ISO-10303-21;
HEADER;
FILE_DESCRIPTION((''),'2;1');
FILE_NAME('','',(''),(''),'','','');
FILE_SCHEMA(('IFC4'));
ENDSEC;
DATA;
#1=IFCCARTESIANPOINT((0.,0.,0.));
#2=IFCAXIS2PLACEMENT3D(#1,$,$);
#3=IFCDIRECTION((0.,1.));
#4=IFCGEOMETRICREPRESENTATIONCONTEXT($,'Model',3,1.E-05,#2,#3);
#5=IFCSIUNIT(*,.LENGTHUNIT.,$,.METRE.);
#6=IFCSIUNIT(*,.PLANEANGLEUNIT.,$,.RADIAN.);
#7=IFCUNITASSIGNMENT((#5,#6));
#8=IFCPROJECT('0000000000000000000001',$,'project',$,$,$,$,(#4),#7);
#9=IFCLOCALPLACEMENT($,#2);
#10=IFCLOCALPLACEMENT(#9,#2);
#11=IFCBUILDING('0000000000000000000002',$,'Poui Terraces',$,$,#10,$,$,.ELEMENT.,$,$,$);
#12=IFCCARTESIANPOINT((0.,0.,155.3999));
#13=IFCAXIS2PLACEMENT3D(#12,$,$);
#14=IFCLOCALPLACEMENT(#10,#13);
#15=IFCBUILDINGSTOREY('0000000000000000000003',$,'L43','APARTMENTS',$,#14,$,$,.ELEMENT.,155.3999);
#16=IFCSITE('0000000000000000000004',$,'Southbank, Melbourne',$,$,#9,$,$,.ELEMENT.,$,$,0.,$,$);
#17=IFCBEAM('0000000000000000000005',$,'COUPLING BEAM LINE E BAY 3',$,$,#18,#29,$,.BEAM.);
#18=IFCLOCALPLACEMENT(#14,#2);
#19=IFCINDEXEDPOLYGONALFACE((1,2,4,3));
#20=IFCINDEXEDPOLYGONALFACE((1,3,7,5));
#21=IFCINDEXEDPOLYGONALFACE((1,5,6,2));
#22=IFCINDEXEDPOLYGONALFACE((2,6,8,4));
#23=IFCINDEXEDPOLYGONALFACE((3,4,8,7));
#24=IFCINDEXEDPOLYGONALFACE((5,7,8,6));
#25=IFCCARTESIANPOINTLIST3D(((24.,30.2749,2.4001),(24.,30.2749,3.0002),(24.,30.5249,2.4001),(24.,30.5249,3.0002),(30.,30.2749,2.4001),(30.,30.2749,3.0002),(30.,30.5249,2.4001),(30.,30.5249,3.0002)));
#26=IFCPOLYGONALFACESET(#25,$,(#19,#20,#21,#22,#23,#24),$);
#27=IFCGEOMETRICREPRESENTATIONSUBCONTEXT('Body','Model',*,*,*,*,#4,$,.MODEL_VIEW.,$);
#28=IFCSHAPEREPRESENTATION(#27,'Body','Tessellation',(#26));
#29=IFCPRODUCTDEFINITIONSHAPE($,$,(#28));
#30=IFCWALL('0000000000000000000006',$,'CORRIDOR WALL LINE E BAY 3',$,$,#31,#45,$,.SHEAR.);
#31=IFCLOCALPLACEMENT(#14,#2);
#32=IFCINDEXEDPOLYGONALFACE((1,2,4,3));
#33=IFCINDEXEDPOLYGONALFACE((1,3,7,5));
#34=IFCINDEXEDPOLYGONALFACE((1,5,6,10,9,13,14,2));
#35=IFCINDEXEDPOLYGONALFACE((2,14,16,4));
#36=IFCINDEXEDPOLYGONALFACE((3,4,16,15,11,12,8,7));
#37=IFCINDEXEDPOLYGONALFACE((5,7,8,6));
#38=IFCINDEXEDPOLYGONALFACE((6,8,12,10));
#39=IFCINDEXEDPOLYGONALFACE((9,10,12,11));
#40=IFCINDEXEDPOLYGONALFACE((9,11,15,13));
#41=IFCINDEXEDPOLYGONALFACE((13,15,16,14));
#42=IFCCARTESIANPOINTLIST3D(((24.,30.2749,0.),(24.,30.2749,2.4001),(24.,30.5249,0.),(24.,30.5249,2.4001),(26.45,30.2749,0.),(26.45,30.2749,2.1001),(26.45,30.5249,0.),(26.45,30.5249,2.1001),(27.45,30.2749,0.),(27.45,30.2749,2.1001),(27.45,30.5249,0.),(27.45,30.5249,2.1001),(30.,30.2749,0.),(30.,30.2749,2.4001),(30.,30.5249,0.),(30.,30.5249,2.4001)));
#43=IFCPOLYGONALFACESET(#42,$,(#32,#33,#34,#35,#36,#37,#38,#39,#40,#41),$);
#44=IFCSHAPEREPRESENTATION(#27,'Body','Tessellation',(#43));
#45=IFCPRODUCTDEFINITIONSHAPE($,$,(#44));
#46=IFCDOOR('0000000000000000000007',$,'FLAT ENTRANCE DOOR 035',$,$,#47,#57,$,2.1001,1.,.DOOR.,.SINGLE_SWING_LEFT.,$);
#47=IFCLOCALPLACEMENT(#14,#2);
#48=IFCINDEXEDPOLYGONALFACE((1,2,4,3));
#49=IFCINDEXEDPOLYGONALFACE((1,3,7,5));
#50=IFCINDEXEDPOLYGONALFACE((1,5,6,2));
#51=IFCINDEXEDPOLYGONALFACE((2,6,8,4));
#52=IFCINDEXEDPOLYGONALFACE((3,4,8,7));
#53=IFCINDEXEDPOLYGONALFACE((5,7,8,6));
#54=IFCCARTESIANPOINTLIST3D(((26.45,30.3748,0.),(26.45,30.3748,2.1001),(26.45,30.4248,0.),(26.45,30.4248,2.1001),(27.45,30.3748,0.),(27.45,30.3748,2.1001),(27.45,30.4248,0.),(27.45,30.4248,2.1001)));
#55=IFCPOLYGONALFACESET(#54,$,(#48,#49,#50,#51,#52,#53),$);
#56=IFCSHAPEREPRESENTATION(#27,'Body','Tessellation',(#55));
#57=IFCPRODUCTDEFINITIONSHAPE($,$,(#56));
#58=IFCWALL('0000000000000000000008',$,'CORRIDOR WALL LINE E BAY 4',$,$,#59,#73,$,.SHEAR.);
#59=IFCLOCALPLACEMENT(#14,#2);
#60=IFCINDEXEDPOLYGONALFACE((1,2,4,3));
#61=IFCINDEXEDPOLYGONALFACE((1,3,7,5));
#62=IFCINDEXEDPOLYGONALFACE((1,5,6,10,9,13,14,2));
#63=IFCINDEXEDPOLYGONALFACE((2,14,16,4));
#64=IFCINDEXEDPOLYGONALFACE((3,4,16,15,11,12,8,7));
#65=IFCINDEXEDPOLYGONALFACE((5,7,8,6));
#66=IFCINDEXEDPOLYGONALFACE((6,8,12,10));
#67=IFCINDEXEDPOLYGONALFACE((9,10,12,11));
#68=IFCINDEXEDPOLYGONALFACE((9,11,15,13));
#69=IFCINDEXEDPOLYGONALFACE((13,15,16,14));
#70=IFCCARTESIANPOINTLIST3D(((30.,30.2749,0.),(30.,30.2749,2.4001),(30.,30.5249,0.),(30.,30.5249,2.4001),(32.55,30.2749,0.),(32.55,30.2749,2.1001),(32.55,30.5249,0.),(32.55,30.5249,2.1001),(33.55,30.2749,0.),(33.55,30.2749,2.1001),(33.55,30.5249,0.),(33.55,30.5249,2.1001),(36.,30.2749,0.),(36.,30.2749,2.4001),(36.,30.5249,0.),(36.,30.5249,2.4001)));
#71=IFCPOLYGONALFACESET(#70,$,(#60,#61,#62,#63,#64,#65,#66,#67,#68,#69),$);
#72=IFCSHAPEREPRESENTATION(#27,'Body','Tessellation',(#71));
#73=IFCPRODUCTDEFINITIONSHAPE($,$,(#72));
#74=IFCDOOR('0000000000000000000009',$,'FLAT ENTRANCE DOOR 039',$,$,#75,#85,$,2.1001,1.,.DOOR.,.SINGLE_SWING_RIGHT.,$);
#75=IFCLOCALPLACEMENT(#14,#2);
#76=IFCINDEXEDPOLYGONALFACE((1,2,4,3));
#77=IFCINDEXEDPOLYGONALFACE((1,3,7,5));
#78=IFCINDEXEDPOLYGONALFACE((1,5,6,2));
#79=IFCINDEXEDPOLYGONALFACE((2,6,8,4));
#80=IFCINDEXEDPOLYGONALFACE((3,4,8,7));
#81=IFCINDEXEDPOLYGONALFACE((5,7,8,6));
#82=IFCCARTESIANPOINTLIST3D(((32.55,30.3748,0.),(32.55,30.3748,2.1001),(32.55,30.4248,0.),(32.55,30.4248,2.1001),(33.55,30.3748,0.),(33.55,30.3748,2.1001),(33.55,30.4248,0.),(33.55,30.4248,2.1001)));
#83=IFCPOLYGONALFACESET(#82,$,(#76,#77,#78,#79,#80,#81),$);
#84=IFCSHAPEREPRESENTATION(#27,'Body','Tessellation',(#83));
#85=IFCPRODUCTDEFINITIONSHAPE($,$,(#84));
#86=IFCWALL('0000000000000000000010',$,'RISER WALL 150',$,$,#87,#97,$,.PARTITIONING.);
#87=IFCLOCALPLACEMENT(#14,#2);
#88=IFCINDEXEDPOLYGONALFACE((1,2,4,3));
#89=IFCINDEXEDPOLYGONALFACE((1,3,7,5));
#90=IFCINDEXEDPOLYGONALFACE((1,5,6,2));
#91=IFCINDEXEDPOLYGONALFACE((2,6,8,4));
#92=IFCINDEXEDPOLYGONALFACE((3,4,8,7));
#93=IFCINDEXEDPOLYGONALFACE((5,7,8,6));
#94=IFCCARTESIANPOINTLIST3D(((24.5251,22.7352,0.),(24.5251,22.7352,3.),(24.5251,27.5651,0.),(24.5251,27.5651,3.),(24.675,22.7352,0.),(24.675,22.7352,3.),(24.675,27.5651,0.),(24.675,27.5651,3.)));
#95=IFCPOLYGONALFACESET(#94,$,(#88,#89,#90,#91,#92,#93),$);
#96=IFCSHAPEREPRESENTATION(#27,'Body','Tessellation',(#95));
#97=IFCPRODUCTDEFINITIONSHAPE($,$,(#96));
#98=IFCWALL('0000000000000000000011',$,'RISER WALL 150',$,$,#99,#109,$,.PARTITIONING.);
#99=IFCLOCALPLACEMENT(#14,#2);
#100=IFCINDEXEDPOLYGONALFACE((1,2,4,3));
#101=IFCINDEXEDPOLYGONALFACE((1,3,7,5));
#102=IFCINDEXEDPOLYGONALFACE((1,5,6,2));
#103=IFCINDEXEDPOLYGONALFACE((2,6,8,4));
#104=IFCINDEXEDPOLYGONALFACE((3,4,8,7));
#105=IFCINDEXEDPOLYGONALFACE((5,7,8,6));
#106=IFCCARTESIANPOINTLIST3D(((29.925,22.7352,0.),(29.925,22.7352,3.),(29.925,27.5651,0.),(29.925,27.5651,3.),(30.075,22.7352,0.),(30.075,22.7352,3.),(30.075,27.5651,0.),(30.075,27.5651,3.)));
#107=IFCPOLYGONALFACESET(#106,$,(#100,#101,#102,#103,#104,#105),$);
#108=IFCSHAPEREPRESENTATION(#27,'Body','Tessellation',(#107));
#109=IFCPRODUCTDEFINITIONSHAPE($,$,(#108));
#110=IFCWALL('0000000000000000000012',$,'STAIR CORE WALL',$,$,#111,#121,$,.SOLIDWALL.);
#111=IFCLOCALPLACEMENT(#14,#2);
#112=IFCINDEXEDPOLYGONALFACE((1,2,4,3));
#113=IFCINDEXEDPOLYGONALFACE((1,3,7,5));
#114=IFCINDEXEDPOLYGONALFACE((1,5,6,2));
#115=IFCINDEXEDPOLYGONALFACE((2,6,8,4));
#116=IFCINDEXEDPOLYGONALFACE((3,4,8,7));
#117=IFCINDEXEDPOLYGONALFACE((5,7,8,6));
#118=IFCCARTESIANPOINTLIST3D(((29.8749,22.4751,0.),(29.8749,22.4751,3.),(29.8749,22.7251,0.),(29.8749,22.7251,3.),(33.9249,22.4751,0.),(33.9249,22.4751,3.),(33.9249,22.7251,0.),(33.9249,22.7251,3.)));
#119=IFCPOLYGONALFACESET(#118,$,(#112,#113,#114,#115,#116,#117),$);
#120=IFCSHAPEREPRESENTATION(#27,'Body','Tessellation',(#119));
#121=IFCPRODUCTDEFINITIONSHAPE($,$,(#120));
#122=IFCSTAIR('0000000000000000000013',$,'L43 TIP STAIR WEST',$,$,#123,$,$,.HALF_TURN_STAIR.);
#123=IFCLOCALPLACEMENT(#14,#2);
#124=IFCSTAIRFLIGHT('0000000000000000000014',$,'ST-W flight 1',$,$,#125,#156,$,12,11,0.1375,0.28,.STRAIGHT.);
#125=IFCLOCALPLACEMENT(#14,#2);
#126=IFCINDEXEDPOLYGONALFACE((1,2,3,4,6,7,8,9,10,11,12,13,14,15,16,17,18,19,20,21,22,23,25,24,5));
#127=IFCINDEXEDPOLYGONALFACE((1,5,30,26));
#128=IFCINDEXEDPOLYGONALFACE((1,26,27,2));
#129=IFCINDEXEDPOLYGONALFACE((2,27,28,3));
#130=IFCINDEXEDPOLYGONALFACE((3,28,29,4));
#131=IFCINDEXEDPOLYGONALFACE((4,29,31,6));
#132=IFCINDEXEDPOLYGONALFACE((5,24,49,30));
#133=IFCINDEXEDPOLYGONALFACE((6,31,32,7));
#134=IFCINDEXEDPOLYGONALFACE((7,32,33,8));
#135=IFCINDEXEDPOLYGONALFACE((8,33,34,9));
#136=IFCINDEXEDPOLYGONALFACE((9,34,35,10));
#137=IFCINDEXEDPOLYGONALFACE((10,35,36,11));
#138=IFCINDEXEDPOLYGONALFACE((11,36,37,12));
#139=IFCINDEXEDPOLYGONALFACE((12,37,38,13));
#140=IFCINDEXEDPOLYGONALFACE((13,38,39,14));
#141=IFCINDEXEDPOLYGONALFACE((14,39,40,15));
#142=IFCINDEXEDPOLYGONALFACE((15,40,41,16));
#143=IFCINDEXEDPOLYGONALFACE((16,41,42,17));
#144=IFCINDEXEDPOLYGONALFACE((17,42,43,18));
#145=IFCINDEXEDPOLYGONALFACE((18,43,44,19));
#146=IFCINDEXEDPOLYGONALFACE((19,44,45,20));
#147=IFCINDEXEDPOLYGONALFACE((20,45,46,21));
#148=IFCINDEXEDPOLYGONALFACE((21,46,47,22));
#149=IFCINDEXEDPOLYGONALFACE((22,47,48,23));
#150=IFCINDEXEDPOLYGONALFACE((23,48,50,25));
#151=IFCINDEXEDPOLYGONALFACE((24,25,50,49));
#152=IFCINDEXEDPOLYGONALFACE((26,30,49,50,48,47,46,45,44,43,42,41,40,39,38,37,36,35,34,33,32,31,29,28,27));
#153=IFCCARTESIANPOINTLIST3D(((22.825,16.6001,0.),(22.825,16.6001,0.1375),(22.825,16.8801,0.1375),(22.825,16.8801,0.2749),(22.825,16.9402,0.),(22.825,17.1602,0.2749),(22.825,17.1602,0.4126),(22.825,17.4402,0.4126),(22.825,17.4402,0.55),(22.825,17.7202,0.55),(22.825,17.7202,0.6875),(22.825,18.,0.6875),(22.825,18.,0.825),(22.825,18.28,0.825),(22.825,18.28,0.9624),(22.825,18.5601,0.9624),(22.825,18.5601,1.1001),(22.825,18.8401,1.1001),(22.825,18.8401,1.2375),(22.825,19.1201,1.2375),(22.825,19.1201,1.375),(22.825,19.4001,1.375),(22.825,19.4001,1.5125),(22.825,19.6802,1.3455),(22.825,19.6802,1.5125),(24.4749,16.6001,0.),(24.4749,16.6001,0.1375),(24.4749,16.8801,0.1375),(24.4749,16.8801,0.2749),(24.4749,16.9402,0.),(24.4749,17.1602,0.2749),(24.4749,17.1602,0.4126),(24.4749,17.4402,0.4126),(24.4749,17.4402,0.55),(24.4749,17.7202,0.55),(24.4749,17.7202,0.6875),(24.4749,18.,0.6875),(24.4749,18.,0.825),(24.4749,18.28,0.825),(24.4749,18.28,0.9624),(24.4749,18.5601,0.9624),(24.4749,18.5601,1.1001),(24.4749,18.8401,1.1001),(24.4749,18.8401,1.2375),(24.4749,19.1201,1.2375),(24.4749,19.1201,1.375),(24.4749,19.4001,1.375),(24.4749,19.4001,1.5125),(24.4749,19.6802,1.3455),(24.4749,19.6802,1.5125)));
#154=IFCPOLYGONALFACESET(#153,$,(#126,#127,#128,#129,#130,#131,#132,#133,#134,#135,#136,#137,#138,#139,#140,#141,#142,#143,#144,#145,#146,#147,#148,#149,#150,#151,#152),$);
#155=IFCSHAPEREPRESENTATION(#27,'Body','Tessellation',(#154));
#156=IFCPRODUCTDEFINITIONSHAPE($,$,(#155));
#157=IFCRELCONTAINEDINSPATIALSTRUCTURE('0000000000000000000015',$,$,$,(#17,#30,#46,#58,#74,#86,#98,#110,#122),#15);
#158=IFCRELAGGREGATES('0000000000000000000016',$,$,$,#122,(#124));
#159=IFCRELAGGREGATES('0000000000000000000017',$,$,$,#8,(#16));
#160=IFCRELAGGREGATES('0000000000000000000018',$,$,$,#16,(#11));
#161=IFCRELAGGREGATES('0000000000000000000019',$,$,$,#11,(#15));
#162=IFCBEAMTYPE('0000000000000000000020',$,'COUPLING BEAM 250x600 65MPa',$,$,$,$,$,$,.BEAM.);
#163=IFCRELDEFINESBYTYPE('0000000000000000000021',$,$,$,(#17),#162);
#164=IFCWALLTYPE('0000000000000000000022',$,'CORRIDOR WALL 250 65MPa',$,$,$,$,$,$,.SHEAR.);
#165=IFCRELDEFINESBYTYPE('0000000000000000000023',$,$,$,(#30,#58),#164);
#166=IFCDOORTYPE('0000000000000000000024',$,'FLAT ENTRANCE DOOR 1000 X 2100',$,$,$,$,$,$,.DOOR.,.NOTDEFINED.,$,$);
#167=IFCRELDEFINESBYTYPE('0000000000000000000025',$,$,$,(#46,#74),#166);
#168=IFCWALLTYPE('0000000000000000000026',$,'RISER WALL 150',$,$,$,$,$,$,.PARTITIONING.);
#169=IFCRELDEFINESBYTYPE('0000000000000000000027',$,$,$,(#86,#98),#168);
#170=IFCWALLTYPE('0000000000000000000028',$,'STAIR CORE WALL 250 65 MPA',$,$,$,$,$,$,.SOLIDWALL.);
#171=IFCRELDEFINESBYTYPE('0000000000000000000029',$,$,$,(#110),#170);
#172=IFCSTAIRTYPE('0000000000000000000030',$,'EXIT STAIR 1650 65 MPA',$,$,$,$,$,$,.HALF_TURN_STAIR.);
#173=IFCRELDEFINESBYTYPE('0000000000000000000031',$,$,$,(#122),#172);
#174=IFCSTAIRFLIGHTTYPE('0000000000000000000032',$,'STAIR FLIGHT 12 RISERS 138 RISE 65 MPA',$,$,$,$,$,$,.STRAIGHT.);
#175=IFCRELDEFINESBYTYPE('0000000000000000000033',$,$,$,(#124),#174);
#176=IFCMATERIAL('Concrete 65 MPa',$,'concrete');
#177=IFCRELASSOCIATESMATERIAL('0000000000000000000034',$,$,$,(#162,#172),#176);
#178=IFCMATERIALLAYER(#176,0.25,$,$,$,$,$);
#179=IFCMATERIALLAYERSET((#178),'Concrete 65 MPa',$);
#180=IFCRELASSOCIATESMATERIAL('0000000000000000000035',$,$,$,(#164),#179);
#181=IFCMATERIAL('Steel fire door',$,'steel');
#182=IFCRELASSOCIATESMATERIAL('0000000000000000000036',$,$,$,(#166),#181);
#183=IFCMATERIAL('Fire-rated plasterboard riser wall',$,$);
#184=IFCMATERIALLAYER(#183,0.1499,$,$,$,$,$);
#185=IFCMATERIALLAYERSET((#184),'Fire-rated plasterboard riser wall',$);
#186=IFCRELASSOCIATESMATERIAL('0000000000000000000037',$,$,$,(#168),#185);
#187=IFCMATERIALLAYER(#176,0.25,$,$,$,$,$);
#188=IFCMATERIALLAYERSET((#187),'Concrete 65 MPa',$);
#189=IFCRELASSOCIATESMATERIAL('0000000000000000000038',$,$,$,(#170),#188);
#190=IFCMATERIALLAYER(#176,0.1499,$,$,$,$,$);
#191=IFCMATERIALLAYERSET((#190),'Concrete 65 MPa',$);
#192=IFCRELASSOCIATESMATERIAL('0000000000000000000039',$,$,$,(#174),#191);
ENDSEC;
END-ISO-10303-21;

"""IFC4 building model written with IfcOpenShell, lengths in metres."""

from ifc_helpers import new_model, si_unit, direction, frame, frame_2d, origin, origin_2d, place, context, subcontext, project, spatial, polyline, rectangle, outline, extrude, source, transform, mapped, material, layer, layer_set, material_profile, profile_set, type_object, element, fill, aggregate, save


model = new_model("IFC4")

# Units and contexts
model_context = context("Model", 3, precision=1e-05, world=origin(), true_north=direction((0.0, 1.0)))
body_context = subcontext(model_context, "Body", "Model", "MODEL_VIEW")
ifc_project = project(units=[si_unit("LENGTHUNIT", "METRE"), si_unit("PLANEANGLEUNIT", "RADIAN")], contexts=[model_context])

# Site, building, storey
site_placement = place(None, origin())
site = spatial("IfcSite", under=ifc_project, at=site_placement, Name="Southbank, Melbourne", CompositionType="ELEMENT", RefElevation=0.0)
building_placement = place(site_placement, origin())
building = spatial("IfcBuilding", under=site, at=building_placement, Name="Poui Terraces", CompositionType="ELEMENT")
storey_placement = place(building_placement, frame((0.0, 0.0, 155.3999)))
storey = spatial("IfcBuildingStorey", under=building, at=storey_placement, Name="L43", Description="APARTMENTS", CompositionType="ELEMENT", Elevation=155.3999)

# Beam
ifc_material_1 = material(Name="Concrete 65 MPa", Category="concrete")
ifc_material_profile = material_profile(ifc_material_1, rectangle(XDim=0.25, YDim=0.6001, at=origin_2d()), Name="RC 250x600")
ifc_profile_set = profile_set([ifc_material_profile], Name="Concrete 65 MPa")
beam_type = type_object("IfcBeamType", Name="COUPLING BEAM 250x600 65MPa", PredefinedType="BEAM", material=ifc_profile_set)
shared_shape = source(origin(), body_context, "Body", "SweptSolid", [
    extrude(rectangle(XDim=0.25, YDim=0.6001, at=origin_2d()), origin(), (0.0, 0.0, 1.0), 6.0),
])
beam_placement = place(storey_placement, frame((24.0, 30.3999, 2.7002), z_axis=(1.0, 0.0, 0.0), x_axis=(0.0, 1.0, 0.0)))
element("IfcBeam", 1, at=beam_placement, inside=storey, type_object=beam_type, Name="COUPLING BEAM LINE E BAY 3", PredefinedType="BEAM", context=body_context, shape_type="MappedRepresentation", body=[
    mapped(shared_shape, transform((0.0, 0.0, 0.0))),
])

# Walls, openings, doors
ifc_layer_1 = layer(ifc_material_1, 0.25)
ifc_layer_set_1 = layer_set([ifc_layer_1], Name="Concrete 65 MPa")
wall_type_1 = type_object("IfcWallType", Name="CORRIDOR WALL 250 65MPa", PredefinedType="SHEAR", material=ifc_layer_set_1)
wall_1_placement = place(storey_placement, frame((24.0, 30.3999, 0.0), z_axis=(0.0, 0.0, 1.0), x_axis=(1.0, 0.0, 0.0)))
wall_1 = element("IfcWall", 2, at=wall_1_placement, inside=storey, type_object=wall_type_1, Name="CORRIDOR WALL LINE E BAY 3", PredefinedType="SHEAR", context=body_context, shape_type="SweptSolid", body=[
    extrude(rectangle(XDim=6.0, YDim=0.25, at=frame_2d((3.0, 0.0))), origin(), (0.0, 0.0, 1.0), 2.4001),
])
opening_1_placement = place(wall_1_placement, frame((2.45, 0.0, 0.0)))
opening_1 = element("IfcOpeningElement", 3, at=opening_1_placement, cuts=wall_1, PredefinedType="OPENING", context=body_context, shape_type="SweptSolid", body=[
    extrude(rectangle(XDim=1.0, YDim=2.1001, at=frame_2d((0.5, 1.05))), frame((0.0, 0.135, 0.0), z_axis=(0.0, -1.0, 0.0), x_axis=(1.0, 0.0, 0.0)), (0.0, 0.0, 1.0), 0.27),
])
ifc_material_2 = material(Name="Steel fire door", Category="steel")
door_type = type_object("IfcDoorType", Name="FLAT ENTRANCE DOOR 1000 X 2100", OperationType="NOTDEFINED", PredefinedType="DOOR", material=ifc_material_2)
door_1_placement = place(opening_1_placement, origin())
door_1 = element("IfcDoor", 4, at=door_1_placement, inside=storey, type_object=door_type, Name="FLAT ENTRANCE DOOR 035", OperationType="SINGLE_SWING_LEFT", OverallHeight=2.1001, OverallWidth=1.0, PredefinedType="DOOR", context=body_context, shape_type="SweptSolid", body=[
    extrude(rectangle(XDim=1.0, YDim=2.1001, at=frame_2d((0.5, 1.05))), frame((0.0, 0.0249, 0.0), z_axis=(0.0, -1.0, 0.0), x_axis=(1.0, 0.0, 0.0)), (0.0, 0.0, 1.0), 0.05),
])
fill(opening_1, door_1)
wall_2_placement = place(storey_placement, frame((30.0, 30.3999, 0.0), z_axis=(0.0, 0.0, 1.0), x_axis=(1.0, 0.0, 0.0)))
wall_2 = element("IfcWall", 5, at=wall_2_placement, inside=storey, type_object=wall_type_1, Name="CORRIDOR WALL LINE E BAY 4", PredefinedType="SHEAR", context=body_context, shape_type="SweptSolid", body=[
    extrude(rectangle(XDim=6.0, YDim=0.25, at=frame_2d((3.0, 0.0))), origin(), (0.0, 0.0, 1.0), 2.4001),
])
opening_2_placement = place(wall_2_placement, frame((2.55, 0.0, 0.0)))
opening_2 = element("IfcOpeningElement", 6, at=opening_2_placement, cuts=wall_2, PredefinedType="OPENING", context=body_context, shape_type="SweptSolid", body=[
    extrude(rectangle(XDim=1.0, YDim=2.1001, at=frame_2d((0.5, 1.05))), frame((0.0, 0.135, 0.0), z_axis=(0.0, -1.0, 0.0), x_axis=(1.0, 0.0, 0.0)), (0.0, 0.0, 1.0), 0.27),
])
door_2_placement = place(opening_2_placement, origin())
door_2 = element("IfcDoor", 7, at=door_2_placement, inside=storey, type_object=door_type, Name="FLAT ENTRANCE DOOR 039", OperationType="SINGLE_SWING_RIGHT", OverallHeight=2.1001, OverallWidth=1.0, PredefinedType="DOOR", context=body_context, shape_type="SweptSolid", body=[
    extrude(rectangle(XDim=1.0, YDim=2.1001, at=frame_2d((0.5, 1.05))), frame((0.0, 0.0249, 0.0), z_axis=(0.0, -1.0, 0.0), x_axis=(1.0, 0.0, 0.0)), (0.0, 0.0, 1.0), 0.05),
])
fill(opening_2, door_2)

# Walls
ifc_material_3 = material(Name="Fire-rated plasterboard riser wall")
ifc_layer_2 = layer(ifc_material_3, 0.1499)
ifc_layer_set_2 = layer_set([ifc_layer_2], Name="Fire-rated plasterboard riser wall")
wall_type_2 = type_object("IfcWallType", Name="RISER WALL 150", PredefinedType="PARTITIONING", material=ifc_layer_set_2)
for number, where, z_axis, x_axis, name in (
    (8, (24.6001, 22.7351, 0.0), (0.0, 0.0, 1.0), (0.0, 1.0, 0.0), "RISER WALL 150"),
    (9, (30.0, 22.7351, 0.0), (0.0, 0.0, 1.0), (0.0, 1.0, 0.0), "RISER WALL 150"),
):
    element("IfcWall", number, at=place(storey_placement, frame(where, z_axis=z_axis, x_axis=x_axis)), inside=storey, type_object=wall_type_2, Name=name, PredefinedType="PARTITIONING", context=body_context, shape_type="SweptSolid", body=[
        extrude(rectangle(XDim=4.8298, YDim=0.1499, at=frame_2d((2.415, 0.0))), origin(), (0.0, 0.0, 1.0), 3.0),
    ])
ifc_layer_3 = layer(ifc_material_1, 0.25)
ifc_layer_set_3 = layer_set([ifc_layer_3], Name="Concrete 65 MPa")
wall_type_3 = type_object("IfcWallType", Name="STAIR CORE WALL 250 65 MPA", PredefinedType="SOLIDWALL", material=ifc_layer_set_3)
wall_3_placement = place(storey_placement, frame((29.875, 22.6001, 0.0), z_axis=(0.0, 0.0, 1.0), x_axis=(1.0, 0.0, 0.0)))
element("IfcWall", 10, at=wall_3_placement, inside=storey, type_object=wall_type_3, Name="STAIR CORE WALL", PredefinedType="SOLIDWALL", context=body_context, shape_type="SweptSolid", body=[
    extrude(rectangle(XDim=4.05, YDim=0.25, at=frame_2d((2.0249, 0.0))), origin(), (0.0, 0.0, 1.0), 3.0),
])

# Stair, stair flight
stair_type = type_object("IfcStairType", Name="EXIT STAIR 1650 65 MPA", PredefinedType="HALF_TURN_STAIR", material=ifc_material_1)
stair_placement = place(storey_placement, origin())
stair = element("IfcStair", 11, at=stair_placement, inside=storey, type_object=stair_type, Name="L43 TIP STAIR WEST", PredefinedType="HALF_TURN_STAIR")
ifc_layer_4 = layer(ifc_material_1, 0.1499)
ifc_layer_set_4 = layer_set([ifc_layer_4], Name="Concrete 65 MPa")
stair_flight_type = type_object("IfcStairFlightType", Name="STAIR FLIGHT 12 RISERS 138 RISE 65 MPA", PredefinedType="STRAIGHT", material=ifc_layer_set_4)
stair_flight_placement = place(storey_placement, frame((23.6499, 16.6001, 0.0), z_axis=(0.0, 0.0, 1.0), x_axis=(0.0, 1.0, 0.0)))
stair_flight = element("IfcStairFlight", 12, at=stair_flight_placement, type_object=stair_flight_type, Name="ST-W flight 1", NumberOfRisers=12, NumberOfTreads=11, PredefinedType="STRAIGHT", RiserHeight=0.1375, TreadLength=0.28, context=body_context, shape_type="SweptSolid", body=[
    extrude(outline(polyline([(0.0, 0.0), (0.0, 0.1375), (0.28, 0.1375), (0.28, 0.2749), (0.5601, 0.2749), (0.5601, 0.4126), (0.8401, 0.4126), (0.8401, 0.55), (1.1201, 0.55), (1.1201, 0.6875), (1.3999, 0.6875), (1.3999, 0.825), (1.6799, 0.825), (1.6799, 0.9624), (1.96, 0.9624), (1.96, 1.1001), (2.24, 1.1001), (2.24, 1.2375), (2.52, 1.2375), (2.52, 1.375), (2.8, 1.375), (2.8, 1.5125), (3.0801, 1.5125), (3.0801, 1.6499), (3.0801, 1.3455), (0.3401, 0.0), (0.0, 0.0)])), frame((0.0, 0.825, 0.0), z_axis=(0.0, -1.0, 0.0), x_axis=(1.0, 0.0, 0.0)), (0.0, 0.0, 1.0), 1.6499),
])
aggregate(stair, [stair_flight])

save(model, "model.ifc")
